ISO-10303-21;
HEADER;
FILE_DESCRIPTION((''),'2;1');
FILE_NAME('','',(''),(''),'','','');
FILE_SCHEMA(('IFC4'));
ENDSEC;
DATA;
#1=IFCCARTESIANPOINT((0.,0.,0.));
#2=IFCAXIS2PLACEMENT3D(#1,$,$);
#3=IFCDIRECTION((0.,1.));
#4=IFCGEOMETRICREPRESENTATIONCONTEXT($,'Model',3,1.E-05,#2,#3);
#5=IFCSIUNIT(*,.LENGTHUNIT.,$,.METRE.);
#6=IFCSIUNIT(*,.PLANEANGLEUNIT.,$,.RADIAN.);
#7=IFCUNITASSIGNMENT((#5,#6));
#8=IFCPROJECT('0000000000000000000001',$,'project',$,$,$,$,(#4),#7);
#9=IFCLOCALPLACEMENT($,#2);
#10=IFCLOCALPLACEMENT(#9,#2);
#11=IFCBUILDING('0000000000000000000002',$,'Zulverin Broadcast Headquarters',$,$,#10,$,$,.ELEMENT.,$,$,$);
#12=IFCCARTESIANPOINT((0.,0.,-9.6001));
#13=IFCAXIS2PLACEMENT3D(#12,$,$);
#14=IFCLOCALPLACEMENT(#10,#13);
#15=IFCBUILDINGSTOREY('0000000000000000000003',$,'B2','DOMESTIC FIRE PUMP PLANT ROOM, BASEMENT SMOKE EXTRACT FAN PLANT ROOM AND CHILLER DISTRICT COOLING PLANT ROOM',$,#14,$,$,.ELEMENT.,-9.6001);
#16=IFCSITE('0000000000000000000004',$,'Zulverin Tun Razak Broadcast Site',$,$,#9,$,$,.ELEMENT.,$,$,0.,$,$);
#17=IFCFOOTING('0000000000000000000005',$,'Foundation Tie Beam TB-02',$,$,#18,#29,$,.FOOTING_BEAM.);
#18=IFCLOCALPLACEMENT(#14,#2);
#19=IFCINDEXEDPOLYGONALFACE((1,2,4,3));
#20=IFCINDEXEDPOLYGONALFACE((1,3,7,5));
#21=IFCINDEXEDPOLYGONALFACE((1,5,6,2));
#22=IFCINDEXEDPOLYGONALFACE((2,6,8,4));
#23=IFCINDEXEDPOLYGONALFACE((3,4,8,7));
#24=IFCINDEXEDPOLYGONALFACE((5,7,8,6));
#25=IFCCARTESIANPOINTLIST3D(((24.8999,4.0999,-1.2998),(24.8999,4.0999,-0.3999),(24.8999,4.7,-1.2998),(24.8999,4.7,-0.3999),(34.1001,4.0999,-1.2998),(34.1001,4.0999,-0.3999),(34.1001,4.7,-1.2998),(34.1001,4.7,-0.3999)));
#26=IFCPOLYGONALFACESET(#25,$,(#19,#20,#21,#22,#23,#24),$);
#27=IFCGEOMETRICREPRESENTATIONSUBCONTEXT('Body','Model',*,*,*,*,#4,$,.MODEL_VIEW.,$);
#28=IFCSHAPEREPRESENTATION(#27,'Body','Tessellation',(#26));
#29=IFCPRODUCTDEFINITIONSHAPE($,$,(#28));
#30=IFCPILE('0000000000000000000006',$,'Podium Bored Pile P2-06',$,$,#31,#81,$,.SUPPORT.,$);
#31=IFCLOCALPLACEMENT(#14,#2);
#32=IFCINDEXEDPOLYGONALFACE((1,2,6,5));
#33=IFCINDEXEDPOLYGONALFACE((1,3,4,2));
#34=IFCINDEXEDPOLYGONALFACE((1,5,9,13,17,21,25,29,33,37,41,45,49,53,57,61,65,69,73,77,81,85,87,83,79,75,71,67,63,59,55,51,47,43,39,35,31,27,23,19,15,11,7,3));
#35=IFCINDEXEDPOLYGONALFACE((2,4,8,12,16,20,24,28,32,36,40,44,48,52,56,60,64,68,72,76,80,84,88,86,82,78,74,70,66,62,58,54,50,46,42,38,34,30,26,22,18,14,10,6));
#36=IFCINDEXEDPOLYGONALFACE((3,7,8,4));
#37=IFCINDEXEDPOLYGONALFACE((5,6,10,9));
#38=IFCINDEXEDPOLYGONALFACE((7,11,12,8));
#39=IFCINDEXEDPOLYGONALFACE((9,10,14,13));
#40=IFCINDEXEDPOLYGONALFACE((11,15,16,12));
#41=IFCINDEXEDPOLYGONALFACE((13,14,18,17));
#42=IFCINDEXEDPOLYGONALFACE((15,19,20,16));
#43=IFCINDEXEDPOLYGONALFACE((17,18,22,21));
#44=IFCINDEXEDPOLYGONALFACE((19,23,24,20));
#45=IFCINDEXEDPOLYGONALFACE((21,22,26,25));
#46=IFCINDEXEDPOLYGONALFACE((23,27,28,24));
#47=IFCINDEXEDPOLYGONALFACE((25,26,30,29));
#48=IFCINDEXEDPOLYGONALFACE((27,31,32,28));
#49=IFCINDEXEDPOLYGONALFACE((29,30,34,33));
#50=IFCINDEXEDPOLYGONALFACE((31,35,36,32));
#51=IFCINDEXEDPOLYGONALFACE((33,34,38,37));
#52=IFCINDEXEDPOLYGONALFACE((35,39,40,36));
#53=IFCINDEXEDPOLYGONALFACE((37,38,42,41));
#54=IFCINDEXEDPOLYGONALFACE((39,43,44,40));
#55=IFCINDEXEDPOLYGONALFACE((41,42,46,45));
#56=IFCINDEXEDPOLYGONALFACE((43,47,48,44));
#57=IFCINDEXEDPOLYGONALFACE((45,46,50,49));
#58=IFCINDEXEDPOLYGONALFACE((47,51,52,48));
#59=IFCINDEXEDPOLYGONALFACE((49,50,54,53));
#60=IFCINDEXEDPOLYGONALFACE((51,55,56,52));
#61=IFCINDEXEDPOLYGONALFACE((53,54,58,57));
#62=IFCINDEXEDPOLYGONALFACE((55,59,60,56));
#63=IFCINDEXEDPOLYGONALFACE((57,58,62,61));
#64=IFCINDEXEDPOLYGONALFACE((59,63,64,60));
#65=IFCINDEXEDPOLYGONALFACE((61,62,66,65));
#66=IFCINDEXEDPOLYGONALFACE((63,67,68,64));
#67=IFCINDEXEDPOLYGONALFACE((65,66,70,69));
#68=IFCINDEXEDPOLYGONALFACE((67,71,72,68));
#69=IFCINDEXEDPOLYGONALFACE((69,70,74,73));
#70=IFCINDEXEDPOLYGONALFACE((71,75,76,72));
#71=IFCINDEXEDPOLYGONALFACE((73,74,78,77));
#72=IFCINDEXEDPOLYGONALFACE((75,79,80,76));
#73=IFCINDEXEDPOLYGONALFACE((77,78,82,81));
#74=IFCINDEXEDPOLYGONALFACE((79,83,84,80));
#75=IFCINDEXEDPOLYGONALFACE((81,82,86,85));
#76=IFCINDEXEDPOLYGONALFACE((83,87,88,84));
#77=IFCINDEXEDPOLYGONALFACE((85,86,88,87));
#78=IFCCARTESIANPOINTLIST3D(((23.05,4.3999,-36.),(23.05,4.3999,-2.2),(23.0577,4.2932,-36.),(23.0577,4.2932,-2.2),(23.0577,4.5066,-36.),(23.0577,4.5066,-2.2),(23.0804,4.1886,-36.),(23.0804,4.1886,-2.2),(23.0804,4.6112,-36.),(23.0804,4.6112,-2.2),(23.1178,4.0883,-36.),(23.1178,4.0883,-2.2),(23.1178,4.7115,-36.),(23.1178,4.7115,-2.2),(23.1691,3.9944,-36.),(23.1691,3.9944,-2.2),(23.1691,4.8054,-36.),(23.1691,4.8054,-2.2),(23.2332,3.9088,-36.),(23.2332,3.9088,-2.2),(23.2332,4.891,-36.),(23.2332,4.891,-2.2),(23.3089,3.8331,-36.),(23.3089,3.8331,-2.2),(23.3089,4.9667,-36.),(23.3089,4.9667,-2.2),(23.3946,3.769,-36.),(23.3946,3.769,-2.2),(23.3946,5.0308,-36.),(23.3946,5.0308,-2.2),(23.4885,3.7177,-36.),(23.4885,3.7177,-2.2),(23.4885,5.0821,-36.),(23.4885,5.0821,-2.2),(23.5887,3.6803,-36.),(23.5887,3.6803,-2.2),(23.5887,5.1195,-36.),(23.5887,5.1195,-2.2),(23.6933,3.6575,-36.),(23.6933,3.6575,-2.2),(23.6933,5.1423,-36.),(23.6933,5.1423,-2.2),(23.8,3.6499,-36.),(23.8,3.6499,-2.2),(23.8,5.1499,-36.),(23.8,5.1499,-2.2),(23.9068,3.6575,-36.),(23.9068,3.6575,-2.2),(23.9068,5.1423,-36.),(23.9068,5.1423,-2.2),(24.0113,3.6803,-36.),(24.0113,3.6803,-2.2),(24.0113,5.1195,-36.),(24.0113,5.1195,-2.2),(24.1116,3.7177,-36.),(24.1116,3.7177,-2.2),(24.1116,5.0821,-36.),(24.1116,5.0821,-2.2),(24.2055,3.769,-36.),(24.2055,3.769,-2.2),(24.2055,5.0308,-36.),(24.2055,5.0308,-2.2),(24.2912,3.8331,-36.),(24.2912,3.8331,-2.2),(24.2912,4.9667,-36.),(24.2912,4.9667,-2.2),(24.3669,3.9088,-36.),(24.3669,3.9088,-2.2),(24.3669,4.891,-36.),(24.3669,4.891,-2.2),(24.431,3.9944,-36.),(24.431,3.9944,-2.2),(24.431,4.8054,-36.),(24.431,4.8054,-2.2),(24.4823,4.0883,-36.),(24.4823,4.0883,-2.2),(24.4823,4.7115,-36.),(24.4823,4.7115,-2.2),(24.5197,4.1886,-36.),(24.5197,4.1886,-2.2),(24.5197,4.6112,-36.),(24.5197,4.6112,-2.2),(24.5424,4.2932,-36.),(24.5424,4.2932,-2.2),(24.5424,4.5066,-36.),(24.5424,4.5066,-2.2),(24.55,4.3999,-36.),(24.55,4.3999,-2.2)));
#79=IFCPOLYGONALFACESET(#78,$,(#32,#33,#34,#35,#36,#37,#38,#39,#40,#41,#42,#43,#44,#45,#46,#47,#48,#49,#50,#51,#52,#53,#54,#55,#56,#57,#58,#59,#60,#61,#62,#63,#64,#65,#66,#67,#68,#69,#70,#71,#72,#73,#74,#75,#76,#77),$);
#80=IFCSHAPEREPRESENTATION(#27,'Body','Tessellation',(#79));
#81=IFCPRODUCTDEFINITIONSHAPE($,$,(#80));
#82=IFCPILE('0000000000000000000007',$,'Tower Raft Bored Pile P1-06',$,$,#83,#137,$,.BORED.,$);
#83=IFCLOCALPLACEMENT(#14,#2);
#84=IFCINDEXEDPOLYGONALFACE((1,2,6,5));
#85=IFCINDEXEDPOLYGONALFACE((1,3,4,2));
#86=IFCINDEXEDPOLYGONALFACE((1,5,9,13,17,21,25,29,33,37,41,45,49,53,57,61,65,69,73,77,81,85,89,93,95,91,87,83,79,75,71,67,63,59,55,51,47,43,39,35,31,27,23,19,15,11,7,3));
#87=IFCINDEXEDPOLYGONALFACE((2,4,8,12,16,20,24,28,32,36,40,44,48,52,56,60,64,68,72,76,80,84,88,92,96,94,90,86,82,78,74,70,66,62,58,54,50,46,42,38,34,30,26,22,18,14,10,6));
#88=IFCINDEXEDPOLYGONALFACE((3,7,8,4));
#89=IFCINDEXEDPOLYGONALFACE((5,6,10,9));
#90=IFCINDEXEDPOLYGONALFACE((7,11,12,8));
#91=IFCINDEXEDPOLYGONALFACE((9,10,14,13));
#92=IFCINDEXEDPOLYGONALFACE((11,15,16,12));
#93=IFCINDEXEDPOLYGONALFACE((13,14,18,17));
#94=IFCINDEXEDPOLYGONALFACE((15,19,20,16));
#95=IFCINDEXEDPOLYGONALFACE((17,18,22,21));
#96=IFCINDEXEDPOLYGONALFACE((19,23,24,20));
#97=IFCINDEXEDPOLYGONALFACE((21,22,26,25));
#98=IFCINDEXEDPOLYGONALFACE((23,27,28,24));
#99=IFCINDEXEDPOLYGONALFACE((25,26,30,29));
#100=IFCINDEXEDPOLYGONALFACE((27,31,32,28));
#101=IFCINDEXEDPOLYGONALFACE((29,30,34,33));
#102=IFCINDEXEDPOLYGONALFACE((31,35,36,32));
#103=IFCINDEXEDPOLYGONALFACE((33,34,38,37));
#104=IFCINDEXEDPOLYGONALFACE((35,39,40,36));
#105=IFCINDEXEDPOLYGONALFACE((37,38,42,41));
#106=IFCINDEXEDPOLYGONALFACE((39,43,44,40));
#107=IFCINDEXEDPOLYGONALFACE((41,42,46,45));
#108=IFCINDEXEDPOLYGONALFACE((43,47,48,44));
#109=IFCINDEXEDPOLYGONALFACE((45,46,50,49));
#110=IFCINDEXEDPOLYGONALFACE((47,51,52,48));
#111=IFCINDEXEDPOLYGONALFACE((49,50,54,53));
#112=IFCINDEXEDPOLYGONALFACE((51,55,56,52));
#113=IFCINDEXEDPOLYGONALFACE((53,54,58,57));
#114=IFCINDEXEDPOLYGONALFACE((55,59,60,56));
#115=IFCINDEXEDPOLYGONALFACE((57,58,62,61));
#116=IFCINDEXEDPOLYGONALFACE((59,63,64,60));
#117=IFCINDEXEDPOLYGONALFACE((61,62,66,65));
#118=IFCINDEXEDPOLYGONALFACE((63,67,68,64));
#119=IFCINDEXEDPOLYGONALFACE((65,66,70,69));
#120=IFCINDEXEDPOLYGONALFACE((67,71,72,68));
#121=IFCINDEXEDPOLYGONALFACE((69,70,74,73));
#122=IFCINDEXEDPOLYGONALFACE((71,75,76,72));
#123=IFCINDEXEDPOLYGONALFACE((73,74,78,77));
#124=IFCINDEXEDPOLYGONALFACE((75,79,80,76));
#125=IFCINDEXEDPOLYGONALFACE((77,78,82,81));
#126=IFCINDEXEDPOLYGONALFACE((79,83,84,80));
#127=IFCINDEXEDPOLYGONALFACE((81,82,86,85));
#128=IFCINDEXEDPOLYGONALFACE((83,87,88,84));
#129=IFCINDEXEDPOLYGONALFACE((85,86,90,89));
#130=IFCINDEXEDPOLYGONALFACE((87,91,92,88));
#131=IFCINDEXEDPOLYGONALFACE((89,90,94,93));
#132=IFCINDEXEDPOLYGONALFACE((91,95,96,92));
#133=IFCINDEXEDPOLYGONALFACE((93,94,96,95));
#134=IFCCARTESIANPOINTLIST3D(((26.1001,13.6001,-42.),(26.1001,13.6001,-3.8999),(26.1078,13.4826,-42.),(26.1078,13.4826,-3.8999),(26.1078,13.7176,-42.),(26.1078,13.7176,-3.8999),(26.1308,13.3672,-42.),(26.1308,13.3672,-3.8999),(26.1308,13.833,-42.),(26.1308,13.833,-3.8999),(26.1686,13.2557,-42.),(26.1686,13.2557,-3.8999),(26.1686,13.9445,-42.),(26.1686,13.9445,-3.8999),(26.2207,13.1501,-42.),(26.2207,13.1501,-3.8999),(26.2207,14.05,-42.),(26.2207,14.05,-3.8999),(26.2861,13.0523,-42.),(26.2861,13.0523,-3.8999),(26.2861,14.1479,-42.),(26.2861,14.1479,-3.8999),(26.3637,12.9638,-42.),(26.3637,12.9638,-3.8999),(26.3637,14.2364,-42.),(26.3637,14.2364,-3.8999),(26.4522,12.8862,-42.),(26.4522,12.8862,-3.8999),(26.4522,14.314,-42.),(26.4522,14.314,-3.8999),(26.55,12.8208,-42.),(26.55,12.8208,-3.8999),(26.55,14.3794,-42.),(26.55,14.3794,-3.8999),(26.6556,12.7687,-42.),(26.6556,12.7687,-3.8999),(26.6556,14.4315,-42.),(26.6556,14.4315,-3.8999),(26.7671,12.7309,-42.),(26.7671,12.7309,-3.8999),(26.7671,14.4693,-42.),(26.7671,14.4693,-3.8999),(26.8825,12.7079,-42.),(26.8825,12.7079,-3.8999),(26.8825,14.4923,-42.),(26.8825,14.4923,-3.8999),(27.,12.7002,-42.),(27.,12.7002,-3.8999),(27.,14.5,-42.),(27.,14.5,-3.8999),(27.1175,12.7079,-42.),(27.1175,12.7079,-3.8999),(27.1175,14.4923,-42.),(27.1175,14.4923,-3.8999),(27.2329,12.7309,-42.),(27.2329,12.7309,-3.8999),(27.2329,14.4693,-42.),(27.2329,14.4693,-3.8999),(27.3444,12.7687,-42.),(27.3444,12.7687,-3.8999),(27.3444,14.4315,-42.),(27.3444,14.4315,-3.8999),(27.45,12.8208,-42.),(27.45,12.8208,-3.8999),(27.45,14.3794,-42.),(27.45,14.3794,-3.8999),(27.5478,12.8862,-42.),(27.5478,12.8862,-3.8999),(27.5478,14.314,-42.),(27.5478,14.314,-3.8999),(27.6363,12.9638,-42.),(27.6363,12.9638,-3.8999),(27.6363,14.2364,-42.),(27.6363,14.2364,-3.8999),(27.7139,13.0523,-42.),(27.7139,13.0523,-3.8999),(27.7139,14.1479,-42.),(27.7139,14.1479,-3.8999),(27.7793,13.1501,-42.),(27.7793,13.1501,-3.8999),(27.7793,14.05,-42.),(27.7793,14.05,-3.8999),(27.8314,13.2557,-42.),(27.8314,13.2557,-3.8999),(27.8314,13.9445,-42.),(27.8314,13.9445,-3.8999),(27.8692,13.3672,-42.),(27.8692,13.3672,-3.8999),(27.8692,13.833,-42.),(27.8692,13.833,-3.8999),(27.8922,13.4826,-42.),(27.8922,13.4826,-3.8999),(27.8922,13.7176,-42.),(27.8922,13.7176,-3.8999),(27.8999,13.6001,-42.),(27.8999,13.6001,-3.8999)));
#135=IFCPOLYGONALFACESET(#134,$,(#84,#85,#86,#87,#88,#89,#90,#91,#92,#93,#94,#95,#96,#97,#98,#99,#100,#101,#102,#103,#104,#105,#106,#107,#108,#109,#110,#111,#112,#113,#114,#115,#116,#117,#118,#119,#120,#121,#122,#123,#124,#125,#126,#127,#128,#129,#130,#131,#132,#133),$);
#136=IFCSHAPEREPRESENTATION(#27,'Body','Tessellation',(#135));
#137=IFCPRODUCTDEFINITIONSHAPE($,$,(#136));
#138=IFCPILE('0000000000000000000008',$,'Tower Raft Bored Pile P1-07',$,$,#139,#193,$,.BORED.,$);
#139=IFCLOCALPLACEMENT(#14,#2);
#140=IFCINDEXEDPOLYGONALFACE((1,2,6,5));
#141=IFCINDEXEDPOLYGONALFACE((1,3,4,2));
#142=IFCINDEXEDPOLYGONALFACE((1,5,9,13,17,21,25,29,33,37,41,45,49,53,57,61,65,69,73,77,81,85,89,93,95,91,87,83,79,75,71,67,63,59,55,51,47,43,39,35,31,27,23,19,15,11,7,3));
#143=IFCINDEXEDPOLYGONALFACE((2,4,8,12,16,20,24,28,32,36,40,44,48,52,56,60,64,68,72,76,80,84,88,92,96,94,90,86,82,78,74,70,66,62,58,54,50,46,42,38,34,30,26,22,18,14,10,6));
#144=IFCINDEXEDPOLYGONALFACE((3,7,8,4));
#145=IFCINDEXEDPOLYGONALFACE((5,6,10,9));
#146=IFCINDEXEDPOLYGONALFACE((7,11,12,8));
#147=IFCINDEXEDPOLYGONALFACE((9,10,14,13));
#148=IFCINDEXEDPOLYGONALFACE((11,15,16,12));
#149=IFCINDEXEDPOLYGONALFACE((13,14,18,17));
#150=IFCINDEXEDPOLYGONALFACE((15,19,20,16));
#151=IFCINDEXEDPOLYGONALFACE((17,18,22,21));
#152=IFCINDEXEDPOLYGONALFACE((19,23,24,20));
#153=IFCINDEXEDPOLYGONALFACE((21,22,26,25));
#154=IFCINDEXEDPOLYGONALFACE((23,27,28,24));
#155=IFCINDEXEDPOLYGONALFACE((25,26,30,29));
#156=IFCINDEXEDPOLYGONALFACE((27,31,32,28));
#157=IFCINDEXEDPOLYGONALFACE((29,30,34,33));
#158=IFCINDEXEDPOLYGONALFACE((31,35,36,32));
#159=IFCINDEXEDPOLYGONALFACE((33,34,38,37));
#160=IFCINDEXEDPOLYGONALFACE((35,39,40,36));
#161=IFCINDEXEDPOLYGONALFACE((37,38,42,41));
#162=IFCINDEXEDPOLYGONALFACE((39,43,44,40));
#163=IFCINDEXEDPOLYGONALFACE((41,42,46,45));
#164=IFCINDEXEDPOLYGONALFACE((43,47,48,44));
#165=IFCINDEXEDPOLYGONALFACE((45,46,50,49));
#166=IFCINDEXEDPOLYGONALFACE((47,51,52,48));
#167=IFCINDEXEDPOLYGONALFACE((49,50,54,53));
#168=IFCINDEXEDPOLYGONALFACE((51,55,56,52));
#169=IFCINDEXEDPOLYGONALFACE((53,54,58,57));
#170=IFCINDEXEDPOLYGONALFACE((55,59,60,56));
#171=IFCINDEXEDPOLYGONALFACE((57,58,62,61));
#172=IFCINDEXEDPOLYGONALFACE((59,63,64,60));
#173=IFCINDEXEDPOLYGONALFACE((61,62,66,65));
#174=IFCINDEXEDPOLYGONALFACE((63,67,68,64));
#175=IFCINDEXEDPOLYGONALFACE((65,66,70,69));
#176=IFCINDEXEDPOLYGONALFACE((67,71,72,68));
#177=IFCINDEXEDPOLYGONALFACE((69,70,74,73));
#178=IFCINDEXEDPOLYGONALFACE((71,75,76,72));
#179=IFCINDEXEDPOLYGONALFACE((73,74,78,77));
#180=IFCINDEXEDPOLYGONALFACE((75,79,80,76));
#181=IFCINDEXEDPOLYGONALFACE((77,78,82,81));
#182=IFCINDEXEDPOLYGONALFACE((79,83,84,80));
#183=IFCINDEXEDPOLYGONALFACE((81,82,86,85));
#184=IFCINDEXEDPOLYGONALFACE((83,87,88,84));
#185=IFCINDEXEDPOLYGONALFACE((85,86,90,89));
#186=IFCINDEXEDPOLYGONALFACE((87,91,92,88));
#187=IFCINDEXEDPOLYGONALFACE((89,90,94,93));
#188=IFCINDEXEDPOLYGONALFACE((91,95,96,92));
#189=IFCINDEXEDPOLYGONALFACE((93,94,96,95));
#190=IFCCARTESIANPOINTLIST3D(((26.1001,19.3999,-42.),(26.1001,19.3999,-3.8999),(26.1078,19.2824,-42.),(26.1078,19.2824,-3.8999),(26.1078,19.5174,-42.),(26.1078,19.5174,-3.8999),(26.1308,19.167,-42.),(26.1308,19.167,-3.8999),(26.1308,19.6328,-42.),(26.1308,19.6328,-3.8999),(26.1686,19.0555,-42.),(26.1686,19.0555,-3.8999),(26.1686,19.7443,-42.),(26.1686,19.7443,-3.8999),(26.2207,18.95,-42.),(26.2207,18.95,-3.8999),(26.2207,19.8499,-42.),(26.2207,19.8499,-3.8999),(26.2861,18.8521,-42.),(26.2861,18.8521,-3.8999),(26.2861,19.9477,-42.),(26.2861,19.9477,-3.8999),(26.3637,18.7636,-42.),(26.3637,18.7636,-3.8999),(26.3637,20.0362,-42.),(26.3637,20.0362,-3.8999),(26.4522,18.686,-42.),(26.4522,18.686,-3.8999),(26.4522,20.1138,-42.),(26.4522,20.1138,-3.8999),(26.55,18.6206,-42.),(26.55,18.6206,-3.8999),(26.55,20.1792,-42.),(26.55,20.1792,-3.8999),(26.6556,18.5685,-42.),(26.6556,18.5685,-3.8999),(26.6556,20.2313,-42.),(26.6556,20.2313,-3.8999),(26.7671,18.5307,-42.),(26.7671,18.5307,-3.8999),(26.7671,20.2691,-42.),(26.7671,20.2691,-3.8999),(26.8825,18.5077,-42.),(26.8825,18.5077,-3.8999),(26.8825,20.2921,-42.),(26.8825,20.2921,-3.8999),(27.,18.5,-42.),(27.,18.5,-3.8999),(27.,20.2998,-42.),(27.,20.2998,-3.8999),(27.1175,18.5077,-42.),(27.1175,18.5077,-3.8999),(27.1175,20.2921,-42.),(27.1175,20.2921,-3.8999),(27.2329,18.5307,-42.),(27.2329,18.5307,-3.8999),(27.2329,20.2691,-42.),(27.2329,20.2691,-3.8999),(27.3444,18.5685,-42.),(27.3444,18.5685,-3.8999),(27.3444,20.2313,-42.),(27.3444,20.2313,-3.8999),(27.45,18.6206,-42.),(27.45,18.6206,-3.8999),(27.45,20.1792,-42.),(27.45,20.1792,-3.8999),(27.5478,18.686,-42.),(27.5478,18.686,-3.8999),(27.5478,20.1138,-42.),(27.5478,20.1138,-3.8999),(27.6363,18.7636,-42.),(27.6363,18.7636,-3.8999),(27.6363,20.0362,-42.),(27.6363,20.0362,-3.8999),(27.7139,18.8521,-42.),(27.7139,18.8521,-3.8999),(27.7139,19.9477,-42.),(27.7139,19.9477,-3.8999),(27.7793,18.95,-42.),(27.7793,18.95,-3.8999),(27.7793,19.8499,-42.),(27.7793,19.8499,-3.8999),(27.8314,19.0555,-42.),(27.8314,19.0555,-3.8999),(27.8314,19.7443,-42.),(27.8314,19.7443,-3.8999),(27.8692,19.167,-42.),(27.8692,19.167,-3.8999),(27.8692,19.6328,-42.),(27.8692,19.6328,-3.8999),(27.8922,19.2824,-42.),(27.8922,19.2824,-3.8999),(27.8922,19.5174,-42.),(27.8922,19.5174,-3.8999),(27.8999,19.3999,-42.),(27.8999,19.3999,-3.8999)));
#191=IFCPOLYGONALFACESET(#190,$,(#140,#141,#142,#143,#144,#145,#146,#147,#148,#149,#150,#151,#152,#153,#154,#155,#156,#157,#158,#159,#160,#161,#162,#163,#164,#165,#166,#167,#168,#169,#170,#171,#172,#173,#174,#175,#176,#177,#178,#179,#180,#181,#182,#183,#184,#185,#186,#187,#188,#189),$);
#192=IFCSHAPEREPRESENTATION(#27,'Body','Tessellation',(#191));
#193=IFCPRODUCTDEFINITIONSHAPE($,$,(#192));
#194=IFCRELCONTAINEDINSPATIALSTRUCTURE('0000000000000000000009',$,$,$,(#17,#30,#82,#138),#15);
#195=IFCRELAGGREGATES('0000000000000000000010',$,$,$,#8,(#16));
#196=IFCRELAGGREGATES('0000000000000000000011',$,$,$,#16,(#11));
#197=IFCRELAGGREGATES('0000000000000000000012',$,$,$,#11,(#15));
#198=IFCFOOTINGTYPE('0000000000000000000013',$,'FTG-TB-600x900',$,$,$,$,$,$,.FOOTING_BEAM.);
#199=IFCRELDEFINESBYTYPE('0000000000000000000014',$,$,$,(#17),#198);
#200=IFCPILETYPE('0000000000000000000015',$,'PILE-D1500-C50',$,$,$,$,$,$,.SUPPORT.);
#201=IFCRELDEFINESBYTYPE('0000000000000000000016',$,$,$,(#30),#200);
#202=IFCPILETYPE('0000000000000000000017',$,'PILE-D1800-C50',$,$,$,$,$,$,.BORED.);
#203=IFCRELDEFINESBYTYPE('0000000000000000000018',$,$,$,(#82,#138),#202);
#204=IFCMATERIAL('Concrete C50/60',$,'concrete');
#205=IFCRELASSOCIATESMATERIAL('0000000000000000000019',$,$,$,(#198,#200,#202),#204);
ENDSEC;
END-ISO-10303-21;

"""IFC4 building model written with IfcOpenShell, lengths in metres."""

from ifc_helpers import new_model, si_unit, direction, frame, origin, origin_2d, place, context, subcontext, project, spatial, rectangle, circle, extrude, material, material_profile, profile_set, type_object, element, save


model = new_model("IFC4")

# Units and contexts
model_context = context("Model", 3, precision=1e-05, world=origin(), true_north=direction((0.0, 1.0)))
body_context = subcontext(model_context, "Body", "Model", "MODEL_VIEW")
ifc_project = project(units=[si_unit("LENGTHUNIT", "METRE"), si_unit("PLANEANGLEUNIT", "RADIAN")], contexts=[model_context])

# Site, building, storey
site_placement = place(None, origin())
site = spatial("IfcSite", under=ifc_project, at=site_placement, Name="Zulverin Tun Razak Broadcast Site", CompositionType="ELEMENT", RefElevation=0.0)
building_placement = place(site_placement, origin())
building = spatial("IfcBuilding", under=site, at=building_placement, Name="Zulverin Broadcast Headquarters", CompositionType="ELEMENT")
storey_placement = place(building_placement, frame((0.0, 0.0, -9.6001)))
storey = spatial("IfcBuildingStorey", under=building, at=storey_placement, Name="B2", Description="DOMESTIC FIRE PUMP PLANT ROOM, BASEMENT SMOKE EXTRACT FAN PLANT ROOM AND CHILLER DISTRICT COOLING PLANT ROOM", CompositionType="ELEMENT", Elevation=-9.6001)

# Footing
ifc_material_1 = material(Name="Concrete C50/60", Category="concrete")
ifc_material_profile_1 = material_profile(ifc_material_1, rectangle(XDim=0.6001, YDim=0.8999, at=origin_2d()), Name="Concrete C50/60", Category="concrete")
ifc_profile_set_1 = profile_set([ifc_material_profile_1], Name="Concrete C50/60")
footing_type = type_object("IfcFootingType", Name="FTG-TB-600x900", PredefinedType="FOOTING_BEAM", material=ifc_profile_set_1)
footing_placement = place(storey_placement, frame((24.8999, 4.3999, -0.8499), z_axis=(1.0, 0.0, 0.0), x_axis=(0.0, 1.0, 0.0)))
element("IfcFooting", 1, at=footing_placement, inside=storey, type_object=footing_type, Name="Foundation Tie Beam TB-02", PredefinedType="FOOTING_BEAM", context=body_context, shape_type="SweptSolid", body=[
    extrude(rectangle(XDim=0.6001, YDim=0.8999, at=origin_2d()), origin(), (0.0, 0.0, 1.0), 9.2002),
])

# Piles
ifc_material_profile_2 = material_profile(ifc_material_1, circle(Radius=0.75, at=origin_2d()), Name="Concrete C50/60", Category="concrete")
ifc_profile_set_2 = profile_set([ifc_material_profile_2], Name="Concrete C50/60")
pile_type_1 = type_object("IfcPileType", Name="PILE-D1500-C50", PredefinedType="SUPPORT", material=ifc_profile_set_2)
pile_placement = place(storey_placement, frame((23.8, 4.3999, -2.2), z_axis=(0.0, 0.0, -1.0), x_axis=(1.0, 0.0, 0.0)))
element("IfcPile", 2, at=pile_placement, inside=storey, type_object=pile_type_1, Name="Podium Bored Pile P2-06", PredefinedType="SUPPORT", context=body_context, shape_type="SweptSolid", body=[
    extrude(circle(Radius=0.75, at=origin_2d()), origin(), (0.0, 0.0, 1.0), 33.8),
])
ifc_material_profile_3 = material_profile(ifc_material_1, circle(Radius=0.8999, at=origin_2d()), Name="Concrete C50/60", Category="concrete")
ifc_profile_set_3 = profile_set([ifc_material_profile_3], Name="Concrete C50/60")
pile_type_2 = type_object("IfcPileType", Name="PILE-D1800-C50", PredefinedType="BORED", material=ifc_profile_set_3)
for number, where, z_axis, x_axis, name in (
    (3, (27.0, 13.6001, -3.8999), (0.0, 0.0, -1.0), (1.0, 0.0, 0.0), "Tower Raft Bored Pile P1-06"),
    (4, (27.0, 19.3999, -3.8999), (0.0, 0.0, -1.0), (1.0, 0.0, 0.0), "Tower Raft Bored Pile P1-07"),
):
    element("IfcPile", number, at=place(storey_placement, frame(where, z_axis=z_axis, x_axis=x_axis)), inside=storey, type_object=pile_type_2, Name=name, PredefinedType="BORED", context=body_context, shape_type="SweptSolid", body=[
        extrude(circle(Radius=0.8999, at=origin_2d()), origin(), (0.0, 0.0, 1.0), 38.1001),
    ])

save(model, "model.ifc")
